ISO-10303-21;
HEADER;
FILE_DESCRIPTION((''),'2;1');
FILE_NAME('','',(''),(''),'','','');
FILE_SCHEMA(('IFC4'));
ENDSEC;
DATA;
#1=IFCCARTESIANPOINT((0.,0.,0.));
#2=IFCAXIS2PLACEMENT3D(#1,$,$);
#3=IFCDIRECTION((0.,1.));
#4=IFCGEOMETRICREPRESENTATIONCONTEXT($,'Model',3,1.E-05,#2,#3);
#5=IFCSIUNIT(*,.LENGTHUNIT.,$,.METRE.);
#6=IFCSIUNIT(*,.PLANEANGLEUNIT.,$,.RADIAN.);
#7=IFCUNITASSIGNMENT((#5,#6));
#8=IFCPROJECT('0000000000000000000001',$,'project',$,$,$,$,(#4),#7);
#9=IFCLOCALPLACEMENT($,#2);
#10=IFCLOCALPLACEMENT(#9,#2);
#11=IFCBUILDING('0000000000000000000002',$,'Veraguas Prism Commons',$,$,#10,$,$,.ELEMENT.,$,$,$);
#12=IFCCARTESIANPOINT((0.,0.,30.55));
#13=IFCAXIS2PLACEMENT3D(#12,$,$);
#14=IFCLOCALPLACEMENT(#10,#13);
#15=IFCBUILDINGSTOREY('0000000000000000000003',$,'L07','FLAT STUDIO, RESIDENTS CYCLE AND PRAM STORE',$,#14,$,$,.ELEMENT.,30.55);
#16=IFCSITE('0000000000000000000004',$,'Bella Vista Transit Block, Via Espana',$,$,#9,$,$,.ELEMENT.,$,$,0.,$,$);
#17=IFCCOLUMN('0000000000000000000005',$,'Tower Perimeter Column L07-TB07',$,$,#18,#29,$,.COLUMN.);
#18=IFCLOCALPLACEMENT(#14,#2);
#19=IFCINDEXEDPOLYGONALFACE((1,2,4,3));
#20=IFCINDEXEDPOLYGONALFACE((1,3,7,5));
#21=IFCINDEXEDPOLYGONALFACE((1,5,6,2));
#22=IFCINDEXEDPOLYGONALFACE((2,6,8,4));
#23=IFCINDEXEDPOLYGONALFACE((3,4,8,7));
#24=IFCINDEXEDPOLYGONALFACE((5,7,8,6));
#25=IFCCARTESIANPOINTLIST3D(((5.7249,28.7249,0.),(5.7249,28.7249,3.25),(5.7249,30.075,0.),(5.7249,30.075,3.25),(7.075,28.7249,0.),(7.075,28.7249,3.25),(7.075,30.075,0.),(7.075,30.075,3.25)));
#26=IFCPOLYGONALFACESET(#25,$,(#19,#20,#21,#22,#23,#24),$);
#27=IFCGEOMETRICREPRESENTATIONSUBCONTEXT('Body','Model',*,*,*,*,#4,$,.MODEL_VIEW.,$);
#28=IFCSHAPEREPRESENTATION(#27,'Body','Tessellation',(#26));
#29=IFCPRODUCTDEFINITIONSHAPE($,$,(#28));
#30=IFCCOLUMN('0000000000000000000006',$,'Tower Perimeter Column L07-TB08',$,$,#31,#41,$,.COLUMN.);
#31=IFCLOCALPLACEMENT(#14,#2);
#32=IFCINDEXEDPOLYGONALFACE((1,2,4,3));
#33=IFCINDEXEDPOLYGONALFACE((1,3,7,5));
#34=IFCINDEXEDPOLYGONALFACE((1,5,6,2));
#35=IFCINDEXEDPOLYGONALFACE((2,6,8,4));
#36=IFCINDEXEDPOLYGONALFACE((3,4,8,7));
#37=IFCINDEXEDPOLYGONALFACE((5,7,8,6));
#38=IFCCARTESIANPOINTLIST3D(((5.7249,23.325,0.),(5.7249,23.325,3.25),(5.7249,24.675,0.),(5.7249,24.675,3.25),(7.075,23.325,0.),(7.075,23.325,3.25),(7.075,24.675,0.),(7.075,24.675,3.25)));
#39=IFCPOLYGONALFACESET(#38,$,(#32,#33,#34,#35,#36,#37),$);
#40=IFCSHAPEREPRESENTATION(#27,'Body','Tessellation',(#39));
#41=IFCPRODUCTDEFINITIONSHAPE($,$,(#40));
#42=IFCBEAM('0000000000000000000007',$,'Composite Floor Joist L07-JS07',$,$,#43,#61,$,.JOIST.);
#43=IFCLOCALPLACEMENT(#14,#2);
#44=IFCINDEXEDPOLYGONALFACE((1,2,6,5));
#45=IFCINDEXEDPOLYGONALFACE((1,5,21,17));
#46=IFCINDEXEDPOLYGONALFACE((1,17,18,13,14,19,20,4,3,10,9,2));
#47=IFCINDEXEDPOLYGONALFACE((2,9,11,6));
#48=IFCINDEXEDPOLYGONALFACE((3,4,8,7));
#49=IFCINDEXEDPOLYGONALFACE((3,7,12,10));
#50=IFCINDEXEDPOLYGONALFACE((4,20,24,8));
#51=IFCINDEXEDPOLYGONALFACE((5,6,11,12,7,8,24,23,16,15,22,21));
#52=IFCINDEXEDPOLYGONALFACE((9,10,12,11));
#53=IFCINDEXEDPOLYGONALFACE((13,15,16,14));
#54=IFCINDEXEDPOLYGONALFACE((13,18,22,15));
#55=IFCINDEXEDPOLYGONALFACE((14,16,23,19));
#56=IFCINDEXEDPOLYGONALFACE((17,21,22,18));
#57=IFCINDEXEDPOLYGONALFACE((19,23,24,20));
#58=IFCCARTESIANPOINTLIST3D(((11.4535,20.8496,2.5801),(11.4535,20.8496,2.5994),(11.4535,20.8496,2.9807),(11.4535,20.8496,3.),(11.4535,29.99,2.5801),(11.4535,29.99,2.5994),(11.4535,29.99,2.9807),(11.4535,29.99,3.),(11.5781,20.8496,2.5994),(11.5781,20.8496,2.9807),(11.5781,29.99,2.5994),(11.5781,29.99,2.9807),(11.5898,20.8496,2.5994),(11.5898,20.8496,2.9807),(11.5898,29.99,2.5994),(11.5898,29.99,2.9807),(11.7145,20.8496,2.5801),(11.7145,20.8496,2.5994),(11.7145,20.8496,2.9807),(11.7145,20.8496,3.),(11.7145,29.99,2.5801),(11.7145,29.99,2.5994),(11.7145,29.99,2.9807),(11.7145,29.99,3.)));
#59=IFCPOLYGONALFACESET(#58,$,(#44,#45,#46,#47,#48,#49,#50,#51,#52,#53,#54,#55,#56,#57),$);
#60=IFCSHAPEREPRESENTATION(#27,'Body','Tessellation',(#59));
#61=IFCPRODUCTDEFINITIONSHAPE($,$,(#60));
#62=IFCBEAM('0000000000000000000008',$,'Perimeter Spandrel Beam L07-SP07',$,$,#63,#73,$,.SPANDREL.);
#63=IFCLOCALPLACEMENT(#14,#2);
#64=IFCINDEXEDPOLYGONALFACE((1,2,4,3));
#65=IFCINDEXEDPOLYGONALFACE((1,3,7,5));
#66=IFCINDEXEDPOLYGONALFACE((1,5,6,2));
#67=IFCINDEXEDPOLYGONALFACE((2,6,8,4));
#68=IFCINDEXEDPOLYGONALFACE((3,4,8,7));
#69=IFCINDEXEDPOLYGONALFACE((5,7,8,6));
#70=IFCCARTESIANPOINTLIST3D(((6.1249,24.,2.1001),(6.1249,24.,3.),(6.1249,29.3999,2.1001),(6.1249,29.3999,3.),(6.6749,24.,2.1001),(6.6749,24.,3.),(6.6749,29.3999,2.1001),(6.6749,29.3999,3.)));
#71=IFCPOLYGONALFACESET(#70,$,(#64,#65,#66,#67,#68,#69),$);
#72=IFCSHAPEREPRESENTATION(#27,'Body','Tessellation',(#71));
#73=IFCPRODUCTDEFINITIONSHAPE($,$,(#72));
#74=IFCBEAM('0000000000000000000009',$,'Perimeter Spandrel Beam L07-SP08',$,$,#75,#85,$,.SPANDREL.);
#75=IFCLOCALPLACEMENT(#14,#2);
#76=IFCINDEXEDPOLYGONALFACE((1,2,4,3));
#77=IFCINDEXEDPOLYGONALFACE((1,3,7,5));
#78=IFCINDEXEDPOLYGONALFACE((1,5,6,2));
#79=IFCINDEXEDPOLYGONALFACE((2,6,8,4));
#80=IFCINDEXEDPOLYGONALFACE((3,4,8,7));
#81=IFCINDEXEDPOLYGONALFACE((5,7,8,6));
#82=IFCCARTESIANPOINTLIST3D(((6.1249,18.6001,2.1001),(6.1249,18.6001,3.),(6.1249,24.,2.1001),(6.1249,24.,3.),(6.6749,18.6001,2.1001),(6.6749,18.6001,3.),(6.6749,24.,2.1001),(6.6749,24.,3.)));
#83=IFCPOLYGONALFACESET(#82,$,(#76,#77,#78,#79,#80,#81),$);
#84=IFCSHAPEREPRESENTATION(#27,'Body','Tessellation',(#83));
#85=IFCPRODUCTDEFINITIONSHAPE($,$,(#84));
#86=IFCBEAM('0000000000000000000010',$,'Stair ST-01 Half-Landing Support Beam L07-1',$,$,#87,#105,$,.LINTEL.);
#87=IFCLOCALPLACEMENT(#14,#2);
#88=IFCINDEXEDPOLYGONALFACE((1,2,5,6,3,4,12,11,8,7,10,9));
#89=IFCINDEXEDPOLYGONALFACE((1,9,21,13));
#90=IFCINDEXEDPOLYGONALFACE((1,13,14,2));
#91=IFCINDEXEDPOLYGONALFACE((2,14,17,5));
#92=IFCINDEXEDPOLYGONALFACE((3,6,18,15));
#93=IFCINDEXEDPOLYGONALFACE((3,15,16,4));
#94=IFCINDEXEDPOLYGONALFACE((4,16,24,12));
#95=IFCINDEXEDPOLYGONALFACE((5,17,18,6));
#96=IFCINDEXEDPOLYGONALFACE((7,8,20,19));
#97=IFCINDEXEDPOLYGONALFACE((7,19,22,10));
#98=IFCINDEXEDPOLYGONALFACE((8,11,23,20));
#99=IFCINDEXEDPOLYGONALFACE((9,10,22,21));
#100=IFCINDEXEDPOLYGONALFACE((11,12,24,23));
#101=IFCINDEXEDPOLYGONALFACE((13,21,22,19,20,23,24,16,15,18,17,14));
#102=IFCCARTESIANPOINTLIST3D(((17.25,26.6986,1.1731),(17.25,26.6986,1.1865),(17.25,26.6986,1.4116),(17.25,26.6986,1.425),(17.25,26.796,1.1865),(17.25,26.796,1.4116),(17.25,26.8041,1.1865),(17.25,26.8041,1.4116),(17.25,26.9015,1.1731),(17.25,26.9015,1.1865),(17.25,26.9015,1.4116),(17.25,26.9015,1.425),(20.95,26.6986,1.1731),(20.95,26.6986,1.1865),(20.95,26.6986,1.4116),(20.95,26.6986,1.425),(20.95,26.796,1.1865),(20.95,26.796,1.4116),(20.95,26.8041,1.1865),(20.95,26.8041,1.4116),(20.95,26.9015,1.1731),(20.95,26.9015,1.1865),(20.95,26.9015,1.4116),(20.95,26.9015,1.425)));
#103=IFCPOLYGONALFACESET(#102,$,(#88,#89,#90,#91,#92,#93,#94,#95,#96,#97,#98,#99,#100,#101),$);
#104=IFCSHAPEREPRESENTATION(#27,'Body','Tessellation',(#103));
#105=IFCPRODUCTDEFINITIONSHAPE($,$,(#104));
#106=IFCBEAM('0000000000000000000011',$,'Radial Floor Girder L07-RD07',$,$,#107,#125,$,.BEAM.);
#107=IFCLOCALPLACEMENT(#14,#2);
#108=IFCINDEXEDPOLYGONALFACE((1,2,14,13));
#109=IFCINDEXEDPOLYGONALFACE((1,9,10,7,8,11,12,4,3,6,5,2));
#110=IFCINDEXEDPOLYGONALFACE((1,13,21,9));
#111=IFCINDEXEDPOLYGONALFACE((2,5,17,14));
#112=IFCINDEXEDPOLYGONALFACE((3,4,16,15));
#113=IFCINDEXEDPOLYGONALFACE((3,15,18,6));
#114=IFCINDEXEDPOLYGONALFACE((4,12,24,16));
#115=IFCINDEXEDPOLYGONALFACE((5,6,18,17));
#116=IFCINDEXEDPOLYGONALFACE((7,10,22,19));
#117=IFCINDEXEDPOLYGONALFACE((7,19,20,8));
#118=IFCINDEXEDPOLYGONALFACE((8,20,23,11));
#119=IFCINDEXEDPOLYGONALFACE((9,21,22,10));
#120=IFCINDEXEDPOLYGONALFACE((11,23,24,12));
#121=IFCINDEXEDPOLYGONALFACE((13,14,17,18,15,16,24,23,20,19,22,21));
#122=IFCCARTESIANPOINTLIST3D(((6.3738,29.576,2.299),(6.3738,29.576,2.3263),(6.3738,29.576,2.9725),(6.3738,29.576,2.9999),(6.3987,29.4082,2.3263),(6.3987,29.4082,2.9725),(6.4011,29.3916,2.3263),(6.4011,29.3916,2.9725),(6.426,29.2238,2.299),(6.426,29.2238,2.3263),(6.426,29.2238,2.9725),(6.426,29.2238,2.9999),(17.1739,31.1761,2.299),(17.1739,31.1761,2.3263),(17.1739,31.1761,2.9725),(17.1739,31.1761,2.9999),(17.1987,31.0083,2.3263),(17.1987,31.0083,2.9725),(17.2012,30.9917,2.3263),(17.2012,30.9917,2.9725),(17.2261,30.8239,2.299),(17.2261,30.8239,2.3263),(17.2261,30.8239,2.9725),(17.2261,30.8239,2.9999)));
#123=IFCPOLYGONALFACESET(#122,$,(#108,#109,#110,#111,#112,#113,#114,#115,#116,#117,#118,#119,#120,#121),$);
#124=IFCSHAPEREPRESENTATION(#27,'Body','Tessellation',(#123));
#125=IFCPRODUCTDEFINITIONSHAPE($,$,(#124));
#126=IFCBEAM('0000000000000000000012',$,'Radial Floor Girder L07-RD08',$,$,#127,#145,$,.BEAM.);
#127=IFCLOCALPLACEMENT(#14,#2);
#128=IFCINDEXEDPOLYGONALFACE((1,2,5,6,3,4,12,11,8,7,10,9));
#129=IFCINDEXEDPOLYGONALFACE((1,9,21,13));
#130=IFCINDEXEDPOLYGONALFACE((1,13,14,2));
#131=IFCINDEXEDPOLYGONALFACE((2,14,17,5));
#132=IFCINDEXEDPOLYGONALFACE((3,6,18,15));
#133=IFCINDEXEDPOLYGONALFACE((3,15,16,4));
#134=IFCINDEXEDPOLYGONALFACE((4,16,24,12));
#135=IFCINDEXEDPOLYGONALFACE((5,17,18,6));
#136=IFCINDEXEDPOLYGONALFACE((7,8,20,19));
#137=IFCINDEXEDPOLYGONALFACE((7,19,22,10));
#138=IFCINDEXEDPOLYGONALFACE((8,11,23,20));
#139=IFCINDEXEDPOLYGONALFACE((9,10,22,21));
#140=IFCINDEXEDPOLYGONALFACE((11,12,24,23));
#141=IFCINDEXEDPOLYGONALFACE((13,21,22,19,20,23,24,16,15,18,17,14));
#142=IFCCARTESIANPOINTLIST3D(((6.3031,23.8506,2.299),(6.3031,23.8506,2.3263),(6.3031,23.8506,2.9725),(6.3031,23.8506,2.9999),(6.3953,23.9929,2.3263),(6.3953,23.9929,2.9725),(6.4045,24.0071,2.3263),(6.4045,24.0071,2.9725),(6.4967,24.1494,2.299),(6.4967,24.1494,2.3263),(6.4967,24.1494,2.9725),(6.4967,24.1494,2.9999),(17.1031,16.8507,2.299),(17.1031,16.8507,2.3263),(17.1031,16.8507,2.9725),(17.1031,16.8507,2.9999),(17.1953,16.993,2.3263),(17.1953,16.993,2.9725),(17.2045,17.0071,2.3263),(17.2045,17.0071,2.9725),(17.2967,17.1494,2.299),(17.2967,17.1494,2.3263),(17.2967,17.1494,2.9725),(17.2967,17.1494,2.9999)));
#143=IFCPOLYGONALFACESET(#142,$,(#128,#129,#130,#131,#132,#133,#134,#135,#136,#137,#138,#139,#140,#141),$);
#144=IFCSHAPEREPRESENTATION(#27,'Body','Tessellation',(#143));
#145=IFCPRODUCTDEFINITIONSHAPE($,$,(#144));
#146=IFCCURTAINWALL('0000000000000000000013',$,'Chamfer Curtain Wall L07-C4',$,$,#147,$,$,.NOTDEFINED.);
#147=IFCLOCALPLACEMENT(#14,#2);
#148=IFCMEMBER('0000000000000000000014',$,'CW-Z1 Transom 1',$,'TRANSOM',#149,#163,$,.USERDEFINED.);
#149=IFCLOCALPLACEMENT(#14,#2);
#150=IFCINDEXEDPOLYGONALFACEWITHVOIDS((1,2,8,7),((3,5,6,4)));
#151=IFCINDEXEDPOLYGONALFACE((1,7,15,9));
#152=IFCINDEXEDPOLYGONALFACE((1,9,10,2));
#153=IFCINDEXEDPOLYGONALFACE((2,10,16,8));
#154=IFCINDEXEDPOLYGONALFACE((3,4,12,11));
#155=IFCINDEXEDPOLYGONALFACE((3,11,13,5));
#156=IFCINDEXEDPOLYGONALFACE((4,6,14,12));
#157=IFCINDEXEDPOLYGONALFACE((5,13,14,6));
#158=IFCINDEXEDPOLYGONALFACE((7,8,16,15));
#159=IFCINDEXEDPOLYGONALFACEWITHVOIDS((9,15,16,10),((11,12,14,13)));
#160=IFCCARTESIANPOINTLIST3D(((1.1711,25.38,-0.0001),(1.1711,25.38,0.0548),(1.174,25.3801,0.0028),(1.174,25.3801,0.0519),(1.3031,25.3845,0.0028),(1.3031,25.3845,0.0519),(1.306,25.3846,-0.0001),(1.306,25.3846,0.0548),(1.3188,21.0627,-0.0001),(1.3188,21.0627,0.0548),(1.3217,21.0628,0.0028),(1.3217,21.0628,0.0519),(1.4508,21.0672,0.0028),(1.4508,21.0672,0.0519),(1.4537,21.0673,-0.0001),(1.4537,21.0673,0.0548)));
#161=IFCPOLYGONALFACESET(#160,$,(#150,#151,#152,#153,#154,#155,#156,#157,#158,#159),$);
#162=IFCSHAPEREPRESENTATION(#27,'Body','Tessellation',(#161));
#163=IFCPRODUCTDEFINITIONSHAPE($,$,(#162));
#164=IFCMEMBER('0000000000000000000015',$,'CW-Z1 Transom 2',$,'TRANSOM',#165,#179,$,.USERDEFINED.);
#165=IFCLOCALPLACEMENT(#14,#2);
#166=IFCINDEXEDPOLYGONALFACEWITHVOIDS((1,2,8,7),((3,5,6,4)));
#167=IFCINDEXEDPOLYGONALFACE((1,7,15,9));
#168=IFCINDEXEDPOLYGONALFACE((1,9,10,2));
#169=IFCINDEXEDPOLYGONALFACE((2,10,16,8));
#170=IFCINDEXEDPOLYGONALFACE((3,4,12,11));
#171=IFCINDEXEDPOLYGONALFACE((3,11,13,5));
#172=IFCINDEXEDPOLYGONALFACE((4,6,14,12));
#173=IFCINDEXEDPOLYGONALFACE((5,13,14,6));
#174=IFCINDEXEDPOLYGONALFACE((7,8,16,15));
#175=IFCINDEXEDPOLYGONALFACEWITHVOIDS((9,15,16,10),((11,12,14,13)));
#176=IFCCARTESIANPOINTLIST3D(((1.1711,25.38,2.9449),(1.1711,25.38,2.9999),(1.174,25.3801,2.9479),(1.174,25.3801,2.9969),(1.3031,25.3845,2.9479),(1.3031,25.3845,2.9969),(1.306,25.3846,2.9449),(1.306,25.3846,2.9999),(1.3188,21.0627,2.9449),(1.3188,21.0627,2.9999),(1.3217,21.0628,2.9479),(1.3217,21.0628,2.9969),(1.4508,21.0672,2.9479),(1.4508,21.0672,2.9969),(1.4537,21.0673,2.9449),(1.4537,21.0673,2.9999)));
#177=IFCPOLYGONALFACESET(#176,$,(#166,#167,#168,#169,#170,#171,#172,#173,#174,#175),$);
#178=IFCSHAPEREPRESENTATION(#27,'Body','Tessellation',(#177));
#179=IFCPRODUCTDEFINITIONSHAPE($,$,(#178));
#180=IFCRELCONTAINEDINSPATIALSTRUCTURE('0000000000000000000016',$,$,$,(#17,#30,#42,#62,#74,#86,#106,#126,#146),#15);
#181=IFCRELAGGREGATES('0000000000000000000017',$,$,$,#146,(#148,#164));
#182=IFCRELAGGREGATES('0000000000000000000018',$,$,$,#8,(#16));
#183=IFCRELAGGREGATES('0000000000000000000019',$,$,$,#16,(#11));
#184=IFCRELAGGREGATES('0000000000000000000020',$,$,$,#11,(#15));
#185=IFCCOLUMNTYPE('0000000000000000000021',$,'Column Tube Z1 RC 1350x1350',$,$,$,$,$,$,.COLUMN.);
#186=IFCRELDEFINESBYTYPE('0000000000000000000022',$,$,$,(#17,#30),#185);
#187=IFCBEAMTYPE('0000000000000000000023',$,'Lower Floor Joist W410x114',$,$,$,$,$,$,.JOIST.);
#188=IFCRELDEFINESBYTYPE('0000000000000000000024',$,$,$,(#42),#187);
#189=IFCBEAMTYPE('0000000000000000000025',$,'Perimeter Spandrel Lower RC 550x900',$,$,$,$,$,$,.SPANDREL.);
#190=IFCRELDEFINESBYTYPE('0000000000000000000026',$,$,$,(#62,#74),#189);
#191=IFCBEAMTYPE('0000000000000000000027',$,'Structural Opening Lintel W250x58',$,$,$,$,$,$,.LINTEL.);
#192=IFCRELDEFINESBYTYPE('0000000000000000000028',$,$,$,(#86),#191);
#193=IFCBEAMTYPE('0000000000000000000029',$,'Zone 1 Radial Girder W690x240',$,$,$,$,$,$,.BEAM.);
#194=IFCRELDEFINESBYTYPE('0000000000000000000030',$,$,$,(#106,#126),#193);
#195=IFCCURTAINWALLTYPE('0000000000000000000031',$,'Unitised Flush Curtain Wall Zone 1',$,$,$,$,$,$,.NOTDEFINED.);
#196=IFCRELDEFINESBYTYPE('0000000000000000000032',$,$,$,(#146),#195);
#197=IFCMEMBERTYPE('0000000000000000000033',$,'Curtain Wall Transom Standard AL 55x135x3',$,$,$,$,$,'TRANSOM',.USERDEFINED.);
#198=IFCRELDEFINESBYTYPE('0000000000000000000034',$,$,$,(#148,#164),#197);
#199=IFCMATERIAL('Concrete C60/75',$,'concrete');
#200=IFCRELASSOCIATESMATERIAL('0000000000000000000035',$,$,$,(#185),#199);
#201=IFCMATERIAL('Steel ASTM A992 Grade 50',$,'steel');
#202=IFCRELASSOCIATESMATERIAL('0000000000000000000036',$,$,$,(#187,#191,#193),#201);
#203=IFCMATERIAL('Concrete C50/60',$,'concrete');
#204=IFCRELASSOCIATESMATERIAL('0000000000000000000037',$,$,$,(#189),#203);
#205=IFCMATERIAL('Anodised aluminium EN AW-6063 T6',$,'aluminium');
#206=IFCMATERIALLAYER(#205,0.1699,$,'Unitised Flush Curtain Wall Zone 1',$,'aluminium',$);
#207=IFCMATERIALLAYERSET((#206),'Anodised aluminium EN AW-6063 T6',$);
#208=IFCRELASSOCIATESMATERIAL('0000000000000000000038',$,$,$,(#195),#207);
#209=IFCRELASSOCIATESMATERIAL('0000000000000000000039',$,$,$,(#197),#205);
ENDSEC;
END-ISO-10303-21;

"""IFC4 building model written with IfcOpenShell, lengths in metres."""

from ifc_helpers import new_model, si_unit, direction, frame, origin, origin_2d, place, context, subcontext, project, spatial, rectangle, hollow_rectangle, i_section, extrude, source, transform, mapped, material, layer, layer_set, material_profile, profile_set, type_object, element, aggregate, save


model = new_model("IFC4")

# Units and contexts
model_context = context("Model", 3, precision=1e-05, world=origin(), true_north=direction((0.0, 1.0)))
body_context = subcontext(model_context, "Body", "Model", "MODEL_VIEW")
ifc_project = project(units=[si_unit("LENGTHUNIT", "METRE"), si_unit("PLANEANGLEUNIT", "RADIAN")], contexts=[model_context])

# Site, building, storey
site_placement = place(None, origin())
site = spatial("IfcSite", under=ifc_project, at=site_placement, Name="Bella Vista Transit Block, Via Espana", CompositionType="ELEMENT", RefElevation=0.0)
building_placement = place(site_placement, origin())
building = spatial("IfcBuilding", under=site, at=building_placement, Name="Veraguas Prism Commons", CompositionType="ELEMENT")
storey_placement = place(building_placement, frame((0.0, 0.0, 30.55)))
storey = spatial("IfcBuildingStorey", under=building, at=storey_placement, Name="L07", Description="FLAT STUDIO, RESIDENTS CYCLE AND PRAM STORE", CompositionType="ELEMENT", Elevation=30.55)

# Columns
ifc_material_1 = material(Name="Concrete C60/75", Category="concrete")
ifc_material_profile_1 = material_profile(ifc_material_1, rectangle(XDim=1.3501, YDim=1.3501, at=origin_2d()), Name="RC1350X1350")
ifc_profile_set_1 = profile_set([ifc_material_profile_1], Name="Concrete C60/75")
column_type = type_object("IfcColumnType", Name="Column Tube Z1 RC 1350x1350", PredefinedType="COLUMN", material=ifc_profile_set_1)
for number, where, z_axis, x_axis, name in (
    (1, (6.3999, 29.3999, 0.0), (0.0, 0.0, 1.0), (1.0, 0.0, 0.0), "Tower Perimeter Column L07-TB07"),
    (2, (6.3999, 24.0, 0.0), (0.0, 0.0, 1.0), (1.0, 0.0, 0.0), "Tower Perimeter Column L07-TB08"),
):
    element("IfcColumn", number, at=place(storey_placement, frame(where, z_axis=z_axis, x_axis=x_axis)), inside=storey, type_object=column_type, Name=name, PredefinedType="COLUMN", context=body_context, shape_type="SweptSolid", body=[
        extrude(rectangle(XDim=1.3501, YDim=1.3501, at=origin_2d()), origin(), (0.0, 0.0, 1.0), 3.25),
    ])

# Beams
ifc_material_2 = material(Name="Steel ASTM A992 Grade 50", Category="steel")
ifc_material_profile_2 = material_profile(ifc_material_2, i_section(OverallWidth=0.261, OverallDepth=0.4199, WebThickness=0.0117, FlangeThickness=0.0193, at=origin_2d()), Name="W410X114")
ifc_profile_set_2 = profile_set([ifc_material_profile_2], Name="Steel ASTM A992 Grade 50")
beam_type_1 = type_object("IfcBeamType", Name="Lower Floor Joist W410x114", PredefinedType="JOIST", material=ifc_profile_set_2)
beam_1_placement = place(storey_placement, frame((11.584, 29.99, 2.79), z_axis=(0.0, -1.0, 0.0), x_axis=(1.0, 0.0, 0.0)))
element("IfcBeam", 3, at=beam_1_placement, inside=storey, type_object=beam_type_1, Name="Composite Floor Joist L07-JS07", PredefinedType="JOIST", context=body_context, shape_type="SweptSolid", body=[
    extrude(i_section(OverallWidth=0.261, OverallDepth=0.4199, WebThickness=0.0117, FlangeThickness=0.0193, at=origin_2d()), origin(), (0.0, 0.0, 1.0), 9.1404),
])
ifc_material_3 = material(Name="Concrete C50/60", Category="concrete")
ifc_material_profile_3 = material_profile(ifc_material_3, rectangle(XDim=0.55, YDim=0.8999, at=origin_2d()), Name="RC550X900")
ifc_profile_set_3 = profile_set([ifc_material_profile_3], Name="Concrete C50/60")
beam_type_2 = type_object("IfcBeamType", Name="Perimeter Spandrel Lower RC 550x900", PredefinedType="SPANDREL", material=ifc_profile_set_3)
for number, where, z_axis, x_axis, name in (
    (4, (6.3999, 29.3999, 2.55), (0.0, -1.0, 0.0), (1.0, 0.0, 0.0), "Perimeter Spandrel Beam L07-SP07"),
    (5, (6.3999, 24.0, 2.55), (0.0, -1.0, 0.0), (1.0, 0.0, 0.0), "Perimeter Spandrel Beam L07-SP08"),
):
    element("IfcBeam", number, at=place(storey_placement, frame(where, z_axis=z_axis, x_axis=x_axis)), inside=storey, type_object=beam_type_2, Name=name, PredefinedType="SPANDREL", context=body_context, shape_type="SweptSolid", body=[
        extrude(rectangle(XDim=0.55, YDim=0.8999, at=origin_2d()), origin(), (0.0, 0.0, 1.0), 5.3999),
    ])
ifc_material_profile_4 = material_profile(ifc_material_2, i_section(OverallWidth=0.2029, OverallDepth=0.252, WebThickness=0.0081, FlangeThickness=0.0134, at=origin_2d()), Name="W250X58")
ifc_profile_set_4 = profile_set([ifc_material_profile_4], Name="Steel ASTM A992 Grade 50")
beam_type_3 = type_object("IfcBeamType", Name="Structural Opening Lintel W250x58", PredefinedType="LINTEL", material=ifc_profile_set_4)
beam_2_placement = place(storey_placement, frame((17.25, 26.8, 1.2991), z_axis=(1.0, 0.0, 0.0), x_axis=(0.0, 1.0, 0.0)))
element("IfcBeam", 6, at=beam_2_placement, inside=storey, type_object=beam_type_3, Name="Stair ST-01 Half-Landing Support Beam L07-1", PredefinedType="LINTEL", context=body_context, shape_type="SweptSolid", body=[
    extrude(i_section(OverallWidth=0.2029, OverallDepth=0.252, WebThickness=0.0081, FlangeThickness=0.0134, at=origin_2d()), origin(), (0.0, 0.0, 1.0), 3.7),
])
ifc_material_profile_5 = material_profile(ifc_material_2, i_section(OverallWidth=0.356, OverallDepth=0.7009, WebThickness=0.0168, FlangeThickness=0.0273, at=origin_2d()), Name="W690X240")
ifc_profile_set_5 = profile_set([ifc_material_profile_5], Name="Steel ASTM A992 Grade 50")
beam_type_4 = type_object("IfcBeamType", Name="Zone 1 Radial Girder W690x240", PredefinedType="BEAM", material=ifc_profile_set_5)
beam_3_placement = place(storey_placement, frame((6.3999, 29.3999, 2.6494), z_axis=(0.989202, 0.146557, 0.0), x_axis=(-0.146557, 0.989202, 0.0)))
element("IfcBeam", 7, at=beam_3_placement, inside=storey, type_object=beam_type_4, Name="Radial Floor Girder L07-RD07", PredefinedType="BEAM", context=body_context, shape_type="SweptSolid", body=[
    extrude(i_section(OverallWidth=0.356, OverallDepth=0.7009, WebThickness=0.0168, FlangeThickness=0.0273, at=origin_2d()), origin(), (0.0, 0.0, 1.0), 10.918),
])
beam_4_placement = place(storey_placement, frame((6.3999, 24.0, 2.6494), z_axis=(0.839154, -0.543894, 0.0), x_axis=(0.543894, 0.839154, 0.0)))
element("IfcBeam", 8, at=beam_4_placement, inside=storey, type_object=beam_type_4, Name="Radial Floor Girder L07-RD08", PredefinedType="BEAM", context=body_context, shape_type="SweptSolid", body=[
    extrude(i_section(OverallWidth=0.356, OverallDepth=0.7009, WebThickness=0.0168, FlangeThickness=0.0273, at=origin_2d()), origin(), (0.0, 0.0, 1.0), 12.8701),
])

# Curtain wall, members
ifc_material_4 = material(Name="Anodised aluminium EN AW-6063 T6", Category="aluminium")
ifc_layer_1 = layer(ifc_material_4, 0.1699, Name="Unitised Flush Curtain Wall Zone 1", Category="aluminium")
ifc_layer_set_1 = layer_set([ifc_layer_1], Name="Anodised aluminium EN AW-6063 T6")
curtain_wall_type = type_object("IfcCurtainWallType", Name="Unitised Flush Curtain Wall Zone 1", PredefinedType="NOTDEFINED", material=ifc_layer_set_1)
curtain_wall_1_placement = place(storey_placement, origin())
curtain_wall_1 = element("IfcCurtainWall", 9, at=curtain_wall_1_placement, inside=storey, type_object=curtain_wall_type, Name="Chamfer Curtain Wall L07-C4", PredefinedType="NOTDEFINED")
ifc_material_profile_6 = material_profile(ifc_material_4, hollow_rectangle(XDim=0.0549, YDim=0.135, WallThickness=0.0029, at=origin_2d()), Name="AL55X135X3")
ifc_profile_set_6 = profile_set([ifc_material_profile_6], Name="Anodised aluminium EN AW-6063 T6")
member_type_1 = type_object("IfcMemberType", Name="Curtain Wall Transom Standard AL 55x135x3", ElementType="TRANSOM", PredefinedType="USERDEFINED", material=ifc_profile_set_6)
shared_shape_1 = source(origin(), body_context, "Body", "SweptSolid", [
    extrude(hollow_rectangle(XDim=0.0549, YDim=0.135, WallThickness=0.0029, at=origin_2d()), origin(), (0.0, 0.0, 1.0), 4.3198),
])
member_1_placement = place(storey_placement, frame((1.2385, 25.3823, 0.0273), z_axis=(0.034192, -0.999415, 0.0), x_axis=(0.0, 0.0, 1.0)))
member_1 = element("IfcMember", 10, at=member_1_placement, type_object=member_type_1, Name="CW-Z1 Transom 1", ObjectType="TRANSOM", PredefinedType="USERDEFINED", context=body_context, shape_type="MappedRepresentation", body=[
    mapped(shared_shape_1, transform((0.0, 0.0, 0.0), scale=1.0)),
])
member_2_placement = place(storey_placement, frame((1.2385, 25.3823, 2.9724), z_axis=(0.034192, -0.999415, 0.0), x_axis=(0.0, 0.0, 1.0)))
member_2 = element("IfcMember", 11, at=member_2_placement, type_object=member_type_1, Name="CW-Z1 Transom 2", ObjectType="TRANSOM", PredefinedType="USERDEFINED", context=body_context, shape_type="MappedRepresentation", body=[
    mapped(shared_shape_1, transform((0.0, 0.0, 0.0), scale=1.0)),
])

aggregate(curtain_wall_1, [member_1, member_2])

save(model, "model.ifc")
